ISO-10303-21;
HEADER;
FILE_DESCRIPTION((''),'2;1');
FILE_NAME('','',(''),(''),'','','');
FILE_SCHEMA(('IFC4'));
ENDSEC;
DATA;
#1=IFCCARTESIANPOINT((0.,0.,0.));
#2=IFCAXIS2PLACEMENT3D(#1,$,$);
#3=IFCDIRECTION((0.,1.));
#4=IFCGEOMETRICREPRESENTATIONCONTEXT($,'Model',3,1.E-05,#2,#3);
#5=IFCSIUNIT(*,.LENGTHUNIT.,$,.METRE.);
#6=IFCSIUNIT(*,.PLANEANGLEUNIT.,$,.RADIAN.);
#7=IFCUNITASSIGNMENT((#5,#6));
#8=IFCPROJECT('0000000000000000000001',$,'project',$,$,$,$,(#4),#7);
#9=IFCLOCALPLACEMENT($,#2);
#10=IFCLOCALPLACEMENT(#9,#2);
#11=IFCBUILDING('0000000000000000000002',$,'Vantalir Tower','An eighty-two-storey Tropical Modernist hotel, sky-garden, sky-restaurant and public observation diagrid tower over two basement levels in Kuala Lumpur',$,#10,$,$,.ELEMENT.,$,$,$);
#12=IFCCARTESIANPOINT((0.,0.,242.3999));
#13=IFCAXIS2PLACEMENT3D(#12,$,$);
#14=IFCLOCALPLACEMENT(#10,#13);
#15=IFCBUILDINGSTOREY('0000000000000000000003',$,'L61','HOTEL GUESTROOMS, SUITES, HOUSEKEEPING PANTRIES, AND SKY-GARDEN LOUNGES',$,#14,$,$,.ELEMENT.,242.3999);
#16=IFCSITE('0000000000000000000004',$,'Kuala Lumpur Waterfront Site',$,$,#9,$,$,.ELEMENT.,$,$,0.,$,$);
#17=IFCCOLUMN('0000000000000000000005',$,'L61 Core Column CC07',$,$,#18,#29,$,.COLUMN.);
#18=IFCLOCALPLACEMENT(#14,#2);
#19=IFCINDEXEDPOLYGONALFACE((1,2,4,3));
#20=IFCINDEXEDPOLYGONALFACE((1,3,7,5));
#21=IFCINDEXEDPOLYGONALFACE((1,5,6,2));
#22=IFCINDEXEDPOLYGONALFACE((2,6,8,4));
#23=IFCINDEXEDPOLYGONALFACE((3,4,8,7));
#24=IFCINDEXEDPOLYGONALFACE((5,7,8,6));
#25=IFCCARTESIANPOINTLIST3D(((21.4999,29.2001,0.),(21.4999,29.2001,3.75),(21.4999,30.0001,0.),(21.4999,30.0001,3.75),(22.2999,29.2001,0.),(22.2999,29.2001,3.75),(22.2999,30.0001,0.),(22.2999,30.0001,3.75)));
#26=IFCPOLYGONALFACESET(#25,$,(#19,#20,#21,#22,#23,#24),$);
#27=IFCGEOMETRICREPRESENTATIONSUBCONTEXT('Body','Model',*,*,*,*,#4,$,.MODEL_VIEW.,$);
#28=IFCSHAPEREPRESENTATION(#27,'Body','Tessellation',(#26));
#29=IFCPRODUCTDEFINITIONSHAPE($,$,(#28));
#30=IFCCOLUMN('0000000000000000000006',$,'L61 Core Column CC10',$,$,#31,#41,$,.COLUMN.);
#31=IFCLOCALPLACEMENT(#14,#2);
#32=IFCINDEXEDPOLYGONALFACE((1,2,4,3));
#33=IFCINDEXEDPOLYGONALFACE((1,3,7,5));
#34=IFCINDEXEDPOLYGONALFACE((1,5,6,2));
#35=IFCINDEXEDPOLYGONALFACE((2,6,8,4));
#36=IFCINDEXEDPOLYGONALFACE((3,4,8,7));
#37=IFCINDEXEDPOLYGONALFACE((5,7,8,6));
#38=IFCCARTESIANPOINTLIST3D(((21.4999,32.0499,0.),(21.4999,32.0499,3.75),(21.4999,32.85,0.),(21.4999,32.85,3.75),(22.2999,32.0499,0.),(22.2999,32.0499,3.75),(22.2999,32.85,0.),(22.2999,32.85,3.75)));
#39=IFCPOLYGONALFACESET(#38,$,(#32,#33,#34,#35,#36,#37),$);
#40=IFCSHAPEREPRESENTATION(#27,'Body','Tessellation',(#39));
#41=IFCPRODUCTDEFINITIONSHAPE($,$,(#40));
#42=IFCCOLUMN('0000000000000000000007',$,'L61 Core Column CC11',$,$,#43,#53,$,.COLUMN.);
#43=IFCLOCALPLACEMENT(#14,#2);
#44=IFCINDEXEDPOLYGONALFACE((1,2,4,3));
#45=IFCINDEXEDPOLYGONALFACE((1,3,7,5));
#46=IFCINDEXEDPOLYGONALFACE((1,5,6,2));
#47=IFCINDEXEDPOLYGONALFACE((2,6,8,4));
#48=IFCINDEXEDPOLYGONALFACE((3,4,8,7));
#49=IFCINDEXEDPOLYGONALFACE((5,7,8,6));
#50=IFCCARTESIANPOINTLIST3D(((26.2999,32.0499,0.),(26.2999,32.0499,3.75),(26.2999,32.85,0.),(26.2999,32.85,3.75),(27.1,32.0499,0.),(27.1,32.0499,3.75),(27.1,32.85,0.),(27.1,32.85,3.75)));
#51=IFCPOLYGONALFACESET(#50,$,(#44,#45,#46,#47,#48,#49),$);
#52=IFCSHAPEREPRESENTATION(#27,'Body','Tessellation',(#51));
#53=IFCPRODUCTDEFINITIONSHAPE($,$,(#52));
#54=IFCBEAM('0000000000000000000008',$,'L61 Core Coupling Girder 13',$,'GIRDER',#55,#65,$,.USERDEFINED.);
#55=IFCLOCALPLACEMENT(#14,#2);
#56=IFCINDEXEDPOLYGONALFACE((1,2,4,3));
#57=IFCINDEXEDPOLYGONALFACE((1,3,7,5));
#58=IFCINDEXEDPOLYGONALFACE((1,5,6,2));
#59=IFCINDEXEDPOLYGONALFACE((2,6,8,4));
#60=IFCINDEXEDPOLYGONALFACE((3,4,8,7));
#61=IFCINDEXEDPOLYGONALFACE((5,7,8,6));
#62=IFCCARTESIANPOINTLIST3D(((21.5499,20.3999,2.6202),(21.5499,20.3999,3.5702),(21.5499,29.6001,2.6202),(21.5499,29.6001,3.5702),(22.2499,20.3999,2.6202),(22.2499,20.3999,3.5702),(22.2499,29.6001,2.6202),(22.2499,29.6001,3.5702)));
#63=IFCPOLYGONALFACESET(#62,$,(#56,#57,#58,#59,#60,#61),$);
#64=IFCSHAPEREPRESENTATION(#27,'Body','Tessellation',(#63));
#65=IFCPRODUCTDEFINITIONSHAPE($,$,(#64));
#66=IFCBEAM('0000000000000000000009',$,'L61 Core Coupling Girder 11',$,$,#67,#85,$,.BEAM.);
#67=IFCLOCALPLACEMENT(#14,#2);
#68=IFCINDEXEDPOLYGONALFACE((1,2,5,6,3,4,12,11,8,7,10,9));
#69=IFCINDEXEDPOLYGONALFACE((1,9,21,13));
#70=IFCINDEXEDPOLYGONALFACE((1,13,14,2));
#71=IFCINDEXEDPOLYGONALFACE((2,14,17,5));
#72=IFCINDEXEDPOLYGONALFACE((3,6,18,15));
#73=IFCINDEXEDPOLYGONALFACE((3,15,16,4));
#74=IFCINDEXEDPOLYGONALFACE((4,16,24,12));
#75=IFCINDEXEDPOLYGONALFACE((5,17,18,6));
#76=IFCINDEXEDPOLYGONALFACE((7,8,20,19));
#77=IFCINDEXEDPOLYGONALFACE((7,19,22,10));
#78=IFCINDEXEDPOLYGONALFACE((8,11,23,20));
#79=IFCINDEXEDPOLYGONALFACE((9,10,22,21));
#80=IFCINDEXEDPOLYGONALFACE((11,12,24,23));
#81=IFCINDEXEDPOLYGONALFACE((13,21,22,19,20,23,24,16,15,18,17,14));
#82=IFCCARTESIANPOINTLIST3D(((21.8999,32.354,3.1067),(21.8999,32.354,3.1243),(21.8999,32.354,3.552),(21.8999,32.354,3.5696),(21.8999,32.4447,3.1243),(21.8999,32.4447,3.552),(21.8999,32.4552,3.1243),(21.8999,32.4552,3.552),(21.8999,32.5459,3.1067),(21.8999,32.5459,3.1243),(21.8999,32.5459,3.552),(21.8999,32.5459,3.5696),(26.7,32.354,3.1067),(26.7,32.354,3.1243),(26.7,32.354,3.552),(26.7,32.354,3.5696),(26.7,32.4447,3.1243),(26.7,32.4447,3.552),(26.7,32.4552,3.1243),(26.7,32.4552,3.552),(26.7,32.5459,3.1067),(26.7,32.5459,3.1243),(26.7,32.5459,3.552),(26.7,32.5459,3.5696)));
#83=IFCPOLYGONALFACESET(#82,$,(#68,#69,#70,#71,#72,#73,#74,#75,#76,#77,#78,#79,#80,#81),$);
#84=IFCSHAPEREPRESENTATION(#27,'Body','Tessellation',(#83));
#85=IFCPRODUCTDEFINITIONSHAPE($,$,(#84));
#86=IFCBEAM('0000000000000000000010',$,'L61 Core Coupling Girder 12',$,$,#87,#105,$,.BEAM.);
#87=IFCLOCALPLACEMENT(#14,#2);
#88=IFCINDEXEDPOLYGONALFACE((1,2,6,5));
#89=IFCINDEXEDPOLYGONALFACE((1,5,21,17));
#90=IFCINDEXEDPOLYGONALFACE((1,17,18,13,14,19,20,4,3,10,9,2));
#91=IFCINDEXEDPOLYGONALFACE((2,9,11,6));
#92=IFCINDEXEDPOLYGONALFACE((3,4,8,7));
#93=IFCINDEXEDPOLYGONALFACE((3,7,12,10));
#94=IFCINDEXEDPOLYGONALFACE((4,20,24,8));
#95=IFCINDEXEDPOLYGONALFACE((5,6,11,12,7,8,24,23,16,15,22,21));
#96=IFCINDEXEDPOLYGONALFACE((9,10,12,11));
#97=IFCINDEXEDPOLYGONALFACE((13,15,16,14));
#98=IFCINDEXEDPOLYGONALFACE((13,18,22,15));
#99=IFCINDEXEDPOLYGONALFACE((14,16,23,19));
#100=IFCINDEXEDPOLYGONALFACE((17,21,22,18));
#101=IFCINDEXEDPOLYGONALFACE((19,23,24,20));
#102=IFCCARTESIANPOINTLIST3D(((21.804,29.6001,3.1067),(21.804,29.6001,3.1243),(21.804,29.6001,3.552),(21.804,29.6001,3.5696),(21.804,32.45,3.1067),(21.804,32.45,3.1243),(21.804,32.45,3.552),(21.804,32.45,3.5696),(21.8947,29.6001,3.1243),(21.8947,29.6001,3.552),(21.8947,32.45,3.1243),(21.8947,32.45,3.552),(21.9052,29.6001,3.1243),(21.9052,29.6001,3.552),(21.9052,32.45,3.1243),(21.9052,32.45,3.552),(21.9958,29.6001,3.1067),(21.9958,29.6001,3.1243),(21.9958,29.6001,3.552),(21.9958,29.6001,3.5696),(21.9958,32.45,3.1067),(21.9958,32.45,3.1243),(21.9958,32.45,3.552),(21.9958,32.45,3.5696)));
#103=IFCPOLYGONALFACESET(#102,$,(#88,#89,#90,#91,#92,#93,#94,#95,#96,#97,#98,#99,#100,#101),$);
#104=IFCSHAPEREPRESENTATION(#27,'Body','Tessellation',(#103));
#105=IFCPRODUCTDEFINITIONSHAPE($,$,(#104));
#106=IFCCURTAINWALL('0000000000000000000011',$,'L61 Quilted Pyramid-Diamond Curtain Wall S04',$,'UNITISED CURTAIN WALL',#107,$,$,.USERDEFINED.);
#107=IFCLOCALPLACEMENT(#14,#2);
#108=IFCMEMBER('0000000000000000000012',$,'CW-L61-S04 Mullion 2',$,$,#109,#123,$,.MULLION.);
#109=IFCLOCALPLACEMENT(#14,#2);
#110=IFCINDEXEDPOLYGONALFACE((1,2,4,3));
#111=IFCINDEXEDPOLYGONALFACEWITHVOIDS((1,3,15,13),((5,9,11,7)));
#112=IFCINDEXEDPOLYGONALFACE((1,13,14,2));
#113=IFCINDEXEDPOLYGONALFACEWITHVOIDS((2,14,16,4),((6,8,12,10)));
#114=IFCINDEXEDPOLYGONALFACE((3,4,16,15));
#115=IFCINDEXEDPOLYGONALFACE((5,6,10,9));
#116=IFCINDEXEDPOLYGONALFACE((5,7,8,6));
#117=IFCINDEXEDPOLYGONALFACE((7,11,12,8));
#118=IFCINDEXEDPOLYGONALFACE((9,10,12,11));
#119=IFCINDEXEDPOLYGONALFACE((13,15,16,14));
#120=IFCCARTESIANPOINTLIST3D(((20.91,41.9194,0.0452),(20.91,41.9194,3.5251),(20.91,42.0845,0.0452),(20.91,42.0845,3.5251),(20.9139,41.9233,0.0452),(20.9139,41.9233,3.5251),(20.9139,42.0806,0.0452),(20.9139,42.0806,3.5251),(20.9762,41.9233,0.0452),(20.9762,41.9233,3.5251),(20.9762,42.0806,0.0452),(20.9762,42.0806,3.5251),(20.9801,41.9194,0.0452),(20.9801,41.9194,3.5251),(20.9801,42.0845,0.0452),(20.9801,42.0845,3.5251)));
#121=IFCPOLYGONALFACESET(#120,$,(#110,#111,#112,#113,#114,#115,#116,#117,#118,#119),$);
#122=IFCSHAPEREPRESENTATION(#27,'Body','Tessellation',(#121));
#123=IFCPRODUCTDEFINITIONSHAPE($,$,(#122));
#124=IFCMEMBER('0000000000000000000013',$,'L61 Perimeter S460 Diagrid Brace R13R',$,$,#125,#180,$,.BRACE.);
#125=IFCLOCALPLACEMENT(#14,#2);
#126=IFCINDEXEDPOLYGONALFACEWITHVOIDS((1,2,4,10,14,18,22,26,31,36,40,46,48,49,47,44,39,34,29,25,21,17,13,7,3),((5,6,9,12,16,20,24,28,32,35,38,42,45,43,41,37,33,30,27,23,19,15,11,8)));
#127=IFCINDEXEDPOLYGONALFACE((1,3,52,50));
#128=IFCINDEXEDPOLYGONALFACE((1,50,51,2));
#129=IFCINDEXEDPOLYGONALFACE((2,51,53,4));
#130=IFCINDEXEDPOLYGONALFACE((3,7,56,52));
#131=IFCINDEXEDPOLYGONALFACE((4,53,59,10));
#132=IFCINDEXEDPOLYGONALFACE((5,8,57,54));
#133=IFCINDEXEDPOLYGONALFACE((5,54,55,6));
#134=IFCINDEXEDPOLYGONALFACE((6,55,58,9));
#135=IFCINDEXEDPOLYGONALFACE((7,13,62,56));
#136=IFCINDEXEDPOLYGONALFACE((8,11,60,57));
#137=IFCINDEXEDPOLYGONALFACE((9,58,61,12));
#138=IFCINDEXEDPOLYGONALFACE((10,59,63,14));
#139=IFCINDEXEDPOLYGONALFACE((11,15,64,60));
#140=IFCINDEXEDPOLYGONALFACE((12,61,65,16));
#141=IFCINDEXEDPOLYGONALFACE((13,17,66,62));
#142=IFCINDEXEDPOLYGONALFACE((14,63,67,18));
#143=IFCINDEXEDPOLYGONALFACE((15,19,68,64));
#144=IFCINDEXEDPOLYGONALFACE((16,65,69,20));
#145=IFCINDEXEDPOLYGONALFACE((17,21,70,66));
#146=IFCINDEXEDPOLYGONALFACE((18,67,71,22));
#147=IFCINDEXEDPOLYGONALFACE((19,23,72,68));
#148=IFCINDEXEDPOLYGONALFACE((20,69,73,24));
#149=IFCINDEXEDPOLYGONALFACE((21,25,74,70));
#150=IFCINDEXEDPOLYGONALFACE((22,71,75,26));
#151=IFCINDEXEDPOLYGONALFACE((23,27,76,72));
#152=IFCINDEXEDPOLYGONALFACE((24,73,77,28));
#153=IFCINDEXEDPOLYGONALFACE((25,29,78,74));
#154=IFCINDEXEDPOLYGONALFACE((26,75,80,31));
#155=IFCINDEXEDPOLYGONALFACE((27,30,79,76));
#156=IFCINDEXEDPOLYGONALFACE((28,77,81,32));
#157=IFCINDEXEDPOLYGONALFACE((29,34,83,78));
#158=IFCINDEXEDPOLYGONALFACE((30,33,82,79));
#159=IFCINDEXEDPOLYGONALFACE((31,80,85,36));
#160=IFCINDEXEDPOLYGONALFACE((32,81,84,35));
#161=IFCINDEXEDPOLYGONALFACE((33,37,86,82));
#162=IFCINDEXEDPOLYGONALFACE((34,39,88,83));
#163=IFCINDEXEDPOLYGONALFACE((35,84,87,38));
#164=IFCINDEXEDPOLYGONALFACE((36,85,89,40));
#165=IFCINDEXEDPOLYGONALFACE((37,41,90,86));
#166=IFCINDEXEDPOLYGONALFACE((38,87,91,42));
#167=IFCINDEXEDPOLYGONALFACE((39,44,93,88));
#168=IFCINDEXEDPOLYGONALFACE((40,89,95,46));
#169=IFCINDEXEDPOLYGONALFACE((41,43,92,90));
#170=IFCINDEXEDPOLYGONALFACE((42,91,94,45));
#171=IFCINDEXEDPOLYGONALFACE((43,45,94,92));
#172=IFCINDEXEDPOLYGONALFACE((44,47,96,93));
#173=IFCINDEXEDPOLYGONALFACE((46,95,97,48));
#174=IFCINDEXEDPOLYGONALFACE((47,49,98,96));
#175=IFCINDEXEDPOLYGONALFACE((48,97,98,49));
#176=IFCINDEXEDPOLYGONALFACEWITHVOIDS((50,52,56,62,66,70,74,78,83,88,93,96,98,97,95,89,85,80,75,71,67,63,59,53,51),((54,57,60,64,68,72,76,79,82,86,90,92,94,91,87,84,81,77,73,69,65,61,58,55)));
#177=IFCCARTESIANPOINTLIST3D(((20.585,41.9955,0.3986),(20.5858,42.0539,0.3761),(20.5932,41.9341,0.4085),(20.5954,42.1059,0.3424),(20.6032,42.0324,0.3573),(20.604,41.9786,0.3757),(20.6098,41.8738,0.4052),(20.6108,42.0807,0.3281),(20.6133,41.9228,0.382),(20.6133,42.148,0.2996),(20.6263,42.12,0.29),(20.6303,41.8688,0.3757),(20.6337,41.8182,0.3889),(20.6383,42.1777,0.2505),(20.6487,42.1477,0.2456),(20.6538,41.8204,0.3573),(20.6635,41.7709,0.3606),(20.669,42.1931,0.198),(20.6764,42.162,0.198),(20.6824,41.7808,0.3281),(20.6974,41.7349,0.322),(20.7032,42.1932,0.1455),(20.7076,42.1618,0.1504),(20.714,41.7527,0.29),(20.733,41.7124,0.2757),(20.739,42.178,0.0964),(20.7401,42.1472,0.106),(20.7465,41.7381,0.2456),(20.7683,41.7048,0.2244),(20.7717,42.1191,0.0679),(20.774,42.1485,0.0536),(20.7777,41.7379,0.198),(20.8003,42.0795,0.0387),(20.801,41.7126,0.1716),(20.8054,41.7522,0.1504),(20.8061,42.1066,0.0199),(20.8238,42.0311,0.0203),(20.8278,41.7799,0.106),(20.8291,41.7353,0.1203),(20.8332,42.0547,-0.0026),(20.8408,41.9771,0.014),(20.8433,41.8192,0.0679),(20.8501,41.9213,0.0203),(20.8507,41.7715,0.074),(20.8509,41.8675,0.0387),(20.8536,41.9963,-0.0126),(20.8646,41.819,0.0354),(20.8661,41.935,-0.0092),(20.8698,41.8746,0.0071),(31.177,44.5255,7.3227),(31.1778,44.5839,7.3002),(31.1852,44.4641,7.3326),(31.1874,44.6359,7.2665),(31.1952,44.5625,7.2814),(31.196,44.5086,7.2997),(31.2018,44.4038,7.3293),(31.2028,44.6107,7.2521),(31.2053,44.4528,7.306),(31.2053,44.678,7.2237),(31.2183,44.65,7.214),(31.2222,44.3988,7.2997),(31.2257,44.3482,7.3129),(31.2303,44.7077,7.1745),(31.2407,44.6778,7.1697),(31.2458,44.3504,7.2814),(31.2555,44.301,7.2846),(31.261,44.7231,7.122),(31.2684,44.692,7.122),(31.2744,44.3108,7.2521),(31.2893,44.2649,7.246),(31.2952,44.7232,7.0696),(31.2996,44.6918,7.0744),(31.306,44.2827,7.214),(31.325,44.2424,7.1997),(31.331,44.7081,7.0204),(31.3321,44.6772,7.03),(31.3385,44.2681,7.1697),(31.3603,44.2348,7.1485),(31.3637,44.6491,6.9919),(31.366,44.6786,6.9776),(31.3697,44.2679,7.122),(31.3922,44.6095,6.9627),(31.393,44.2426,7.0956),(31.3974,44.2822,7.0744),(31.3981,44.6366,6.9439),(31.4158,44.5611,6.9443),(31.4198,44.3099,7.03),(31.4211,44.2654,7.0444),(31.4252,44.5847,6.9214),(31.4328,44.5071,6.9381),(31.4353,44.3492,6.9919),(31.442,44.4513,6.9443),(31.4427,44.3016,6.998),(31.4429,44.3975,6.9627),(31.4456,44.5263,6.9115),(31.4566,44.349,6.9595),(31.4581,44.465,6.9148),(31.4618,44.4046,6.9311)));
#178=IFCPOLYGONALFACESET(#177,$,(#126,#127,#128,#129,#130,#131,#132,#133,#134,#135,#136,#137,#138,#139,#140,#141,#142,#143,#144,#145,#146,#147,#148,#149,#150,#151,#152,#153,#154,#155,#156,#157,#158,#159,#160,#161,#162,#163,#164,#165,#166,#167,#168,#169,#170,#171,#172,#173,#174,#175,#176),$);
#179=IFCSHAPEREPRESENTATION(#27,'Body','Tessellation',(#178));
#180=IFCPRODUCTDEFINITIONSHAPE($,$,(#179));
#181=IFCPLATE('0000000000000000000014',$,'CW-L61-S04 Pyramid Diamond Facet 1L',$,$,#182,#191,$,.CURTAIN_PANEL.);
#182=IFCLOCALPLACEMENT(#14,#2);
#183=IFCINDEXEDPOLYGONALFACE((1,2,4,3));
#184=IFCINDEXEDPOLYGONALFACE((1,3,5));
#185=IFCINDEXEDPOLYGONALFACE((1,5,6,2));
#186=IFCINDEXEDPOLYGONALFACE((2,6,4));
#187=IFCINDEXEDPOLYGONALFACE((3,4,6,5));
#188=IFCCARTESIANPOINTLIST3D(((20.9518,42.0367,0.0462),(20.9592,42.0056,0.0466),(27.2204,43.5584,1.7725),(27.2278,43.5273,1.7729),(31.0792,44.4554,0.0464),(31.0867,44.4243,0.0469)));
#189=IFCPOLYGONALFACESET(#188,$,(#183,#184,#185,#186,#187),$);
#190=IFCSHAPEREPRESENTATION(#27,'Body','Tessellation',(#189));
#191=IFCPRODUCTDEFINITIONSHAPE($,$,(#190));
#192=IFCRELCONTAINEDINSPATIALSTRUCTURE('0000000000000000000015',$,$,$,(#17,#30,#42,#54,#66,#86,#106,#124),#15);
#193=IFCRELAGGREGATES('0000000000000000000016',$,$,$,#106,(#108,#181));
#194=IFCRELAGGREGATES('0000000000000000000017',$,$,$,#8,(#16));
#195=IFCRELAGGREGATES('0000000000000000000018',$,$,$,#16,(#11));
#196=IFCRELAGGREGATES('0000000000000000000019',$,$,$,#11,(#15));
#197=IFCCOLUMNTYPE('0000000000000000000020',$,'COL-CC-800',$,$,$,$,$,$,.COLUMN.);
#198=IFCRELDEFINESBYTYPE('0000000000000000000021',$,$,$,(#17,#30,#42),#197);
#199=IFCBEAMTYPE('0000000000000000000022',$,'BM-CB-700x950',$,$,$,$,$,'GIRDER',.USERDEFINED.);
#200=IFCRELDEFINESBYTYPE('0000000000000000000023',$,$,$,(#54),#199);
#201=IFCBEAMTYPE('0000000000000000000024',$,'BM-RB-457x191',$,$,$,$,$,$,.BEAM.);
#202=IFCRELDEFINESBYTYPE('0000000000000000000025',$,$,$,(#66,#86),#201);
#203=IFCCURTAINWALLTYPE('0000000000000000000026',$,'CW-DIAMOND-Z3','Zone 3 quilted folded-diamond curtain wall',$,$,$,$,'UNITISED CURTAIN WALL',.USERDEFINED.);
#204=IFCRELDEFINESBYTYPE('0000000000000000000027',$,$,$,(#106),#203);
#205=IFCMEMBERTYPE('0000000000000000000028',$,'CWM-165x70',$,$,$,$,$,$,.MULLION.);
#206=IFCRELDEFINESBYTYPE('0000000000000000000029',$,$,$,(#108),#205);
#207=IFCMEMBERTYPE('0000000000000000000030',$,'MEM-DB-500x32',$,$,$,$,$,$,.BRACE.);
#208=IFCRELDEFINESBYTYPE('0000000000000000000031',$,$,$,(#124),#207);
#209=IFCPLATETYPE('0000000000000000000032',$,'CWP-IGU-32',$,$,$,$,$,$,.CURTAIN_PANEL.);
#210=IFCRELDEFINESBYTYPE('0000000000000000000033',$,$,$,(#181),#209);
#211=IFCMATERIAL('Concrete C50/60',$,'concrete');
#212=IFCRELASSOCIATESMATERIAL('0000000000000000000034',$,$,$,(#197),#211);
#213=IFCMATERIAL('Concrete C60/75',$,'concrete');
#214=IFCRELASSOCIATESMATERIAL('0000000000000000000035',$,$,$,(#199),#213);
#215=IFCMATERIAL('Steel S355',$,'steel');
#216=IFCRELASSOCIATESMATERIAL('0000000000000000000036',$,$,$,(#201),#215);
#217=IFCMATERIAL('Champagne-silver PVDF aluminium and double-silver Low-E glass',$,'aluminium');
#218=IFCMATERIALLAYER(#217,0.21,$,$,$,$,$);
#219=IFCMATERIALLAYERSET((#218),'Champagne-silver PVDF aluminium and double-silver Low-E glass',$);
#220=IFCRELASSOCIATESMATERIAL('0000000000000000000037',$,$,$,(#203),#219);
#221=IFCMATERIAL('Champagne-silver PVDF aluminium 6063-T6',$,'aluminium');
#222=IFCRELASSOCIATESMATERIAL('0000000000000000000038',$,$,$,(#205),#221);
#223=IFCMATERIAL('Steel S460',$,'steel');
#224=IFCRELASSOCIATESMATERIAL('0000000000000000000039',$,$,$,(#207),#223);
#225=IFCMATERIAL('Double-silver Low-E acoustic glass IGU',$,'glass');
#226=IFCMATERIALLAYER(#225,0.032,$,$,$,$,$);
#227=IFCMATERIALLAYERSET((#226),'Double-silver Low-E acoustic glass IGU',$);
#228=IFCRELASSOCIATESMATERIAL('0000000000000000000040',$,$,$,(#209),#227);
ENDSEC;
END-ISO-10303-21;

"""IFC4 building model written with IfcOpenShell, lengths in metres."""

from ifc_helpers import new_model, si_unit, direction, frame, origin, origin_2d, place, context, subcontext, project, spatial, polyline, rectangle, hollow_rectangle, hollow_circle, i_section, outline, extrude, material, layer, layer_set, material_profile, profile_set, type_object, element, aggregate, save


model = new_model("IFC4")

# Units and contexts
model_context = context("Model", 3, precision=1e-05, world=origin(), true_north=direction((0.0, 1.0)))
body_context = subcontext(model_context, "Body", "Model", "MODEL_VIEW")
ifc_project = project(units=[si_unit("LENGTHUNIT", "METRE"), si_unit("PLANEANGLEUNIT", "RADIAN")], contexts=[model_context])

# Site, building, storey
site_placement = place(None, origin())
site = spatial("IfcSite", under=ifc_project, at=site_placement, Name="Kuala Lumpur Waterfront Site", CompositionType="ELEMENT", RefElevation=0.0)
building_placement = place(site_placement, origin())
building = spatial("IfcBuilding", under=site, at=building_placement, Name="Vantalir Tower", Description="An eighty-two-storey Tropical Modernist hotel, sky-garden, sky-restaurant and public observation diagrid tower over two basement levels in Kuala Lumpur", CompositionType="ELEMENT")
storey_placement = place(building_placement, frame((0.0, 0.0, 242.3999)))
storey = spatial("IfcBuildingStorey", under=building, at=storey_placement, Name="L61", Description="HOTEL GUESTROOMS, SUITES, HOUSEKEEPING PANTRIES, AND SKY-GARDEN LOUNGES", CompositionType="ELEMENT", Elevation=242.3999)

# Columns
ifc_material_1 = material(Name="Concrete C50/60", Category="concrete")
ifc_material_profile_1 = material_profile(ifc_material_1, rectangle(XDim=0.8, YDim=0.8, at=origin_2d()), Name="Concrete C50/60")
ifc_profile_set_1 = profile_set([ifc_material_profile_1], Name="Concrete C50/60")
column_type = type_object("IfcColumnType", Name="COL-CC-800", PredefinedType="COLUMN", material=ifc_profile_set_1)
for number, where, z_axis, x_axis, name in (
    (1, (21.8999, 29.6001, 0.0), (0.0, 0.0, 1.0), (1.0, 0.0, 0.0), "L61 Core Column CC07"),
    (2, (21.8999, 32.45, 0.0), (0.0, 0.0, 1.0), (1.0, 0.0, 0.0), "L61 Core Column CC10"),
    (3, (26.7, 32.45, 0.0), (0.0, 0.0, 1.0), (1.0, 0.0, 0.0), "L61 Core Column CC11"),
):
    element("IfcColumn", number, at=place(storey_placement, frame(where, z_axis=z_axis, x_axis=x_axis)), inside=storey, type_object=column_type, Name=name, PredefinedType="COLUMN", context=body_context, shape_type="SweptSolid", body=[
        extrude(rectangle(XDim=0.8, YDim=0.8, at=origin_2d()), origin(), (0.0, 0.0, 1.0), 3.75),
    ])

# Beams
ifc_material_2 = material(Name="Concrete C60/75", Category="concrete")
ifc_material_profile_2 = material_profile(ifc_material_2, rectangle(XDim=0.7, YDim=0.95, at=origin_2d()), Name="Concrete C60/75")
ifc_profile_set_2 = profile_set([ifc_material_profile_2], Name="Concrete C60/75")
beam_type_1 = type_object("IfcBeamType", Name="BM-CB-700x950", ElementType="GIRDER", PredefinedType="USERDEFINED", material=ifc_profile_set_2)
beam_1_placement = place(storey_placement, frame((21.8999, 29.6001, 3.0952), z_axis=(0.0, -1.0, 0.0), x_axis=(1.0, 0.0, 0.0)))
element("IfcBeam", 4, at=beam_1_placement, inside=storey, type_object=beam_type_1, Name="L61 Core Coupling Girder 13", ObjectType="GIRDER", PredefinedType="USERDEFINED", context=body_context, shape_type="SweptSolid", body=[
    extrude(rectangle(XDim=0.7, YDim=0.95, at=origin_2d()), origin(), (0.0, 0.0, 1.0), 9.2002),
])
ifc_material_3 = material(Name="Steel S355", Category="steel")
ifc_material_profile_3 = material_profile(ifc_material_3, i_section(OverallWidth=0.1919, OverallDepth=0.4629, WebThickness=0.0105, FlangeThickness=0.0176, at=origin_2d()), Name="Steel S355")
ifc_profile_set_3 = profile_set([ifc_material_profile_3], Name="Steel S355")
beam_type_2 = type_object("IfcBeamType", Name="BM-RB-457x191", PredefinedType="BEAM", material=ifc_profile_set_3)
beam_2_placement = place(storey_placement, frame((26.7, 32.45, 3.3381), z_axis=(-1.0, 0.0, 0.0), x_axis=(0.0, -1.0, 0.0)))
element("IfcBeam", 5, at=beam_2_placement, inside=storey, type_object=beam_type_2, Name="L61 Core Coupling Girder 11", PredefinedType="BEAM", context=body_context, shape_type="SweptSolid", body=[
    extrude(i_section(OverallWidth=0.1919, OverallDepth=0.4629, WebThickness=0.0105, FlangeThickness=0.0176, at=origin_2d()), origin(), (0.0, 0.0, 1.0), 4.8),
])
beam_3_placement = place(storey_placement, frame((21.8999, 32.45, 3.3381), z_axis=(0.0, -1.0, 0.0), x_axis=(1.0, 0.0, 0.0)))
element("IfcBeam", 6, at=beam_3_placement, inside=storey, type_object=beam_type_2, Name="L61 Core Coupling Girder 12", PredefinedType="BEAM", context=body_context, shape_type="SweptSolid", body=[
    extrude(i_section(OverallWidth=0.1919, OverallDepth=0.4629, WebThickness=0.0105, FlangeThickness=0.0176, at=origin_2d()), origin(), (0.0, 0.0, 1.0), 2.8499),
])

# Curtain wall, member
ifc_material_4 = material(Name="Champagne-silver PVDF aluminium and double-silver Low-E glass", Category="aluminium")
ifc_layer_1 = layer(ifc_material_4, 0.21)
ifc_layer_set_1 = layer_set([ifc_layer_1], Name="Champagne-silver PVDF aluminium and double-silver Low-E glass")
curtain_wall_type = type_object("IfcCurtainWallType", Name="CW-DIAMOND-Z3", Description="Zone 3 quilted folded-diamond curtain wall", ElementType="UNITISED CURTAIN WALL", PredefinedType="USERDEFINED", material=ifc_layer_set_1)
curtain_wall_placement = place(storey_placement, origin())
curtain_wall = element("IfcCurtainWall", 7, at=curtain_wall_placement, inside=storey, type_object=curtain_wall_type, Name="L61 Quilted Pyramid-Diamond Curtain Wall S04", ObjectType="UNITISED CURTAIN WALL", PredefinedType="USERDEFINED")
ifc_material_5 = material(Name="Champagne-silver PVDF aluminium 6063-T6", Category="aluminium")
ifc_material_profile_4 = material_profile(ifc_material_5, hollow_rectangle(XDim=0.0701, YDim=0.165, WallThickness=0.0039, at=origin_2d()), Name="Champagne-silver PVDF aluminium 6063-T6")
ifc_profile_set_4 = profile_set([ifc_material_profile_4], Name="Champagne-silver PVDF aluminium 6063-T6")
member_type_1 = type_object("IfcMemberType", Name="CWM-165x70", PredefinedType="MULLION", material=ifc_profile_set_4)
member_1_placement = place(storey_placement, frame((20.9451, 42.002, 0.0452), z_axis=(0.0, 0.0, 1.0), x_axis=(1.0, 0.0, 0.0)))
member_1 = element("IfcMember", 8, at=member_1_placement, type_object=member_type_1, Name="CW-L61-S04 Mullion 2", PredefinedType="MULLION", context=body_context, shape_type="SweptSolid", body=[
    extrude(hollow_rectangle(XDim=0.0701, YDim=0.165, WallThickness=0.0039, at=origin_2d()), origin(), (0.0, 0.0, 1.0), 3.48),
])

# Member
ifc_material_6 = material(Name="Steel S460", Category="steel")
ifc_material_profile_5 = material_profile(ifc_material_6, hollow_circle(Radius=0.25, WallThickness=0.032, at=origin_2d()), Name="Steel S460")
ifc_profile_set_5 = profile_set([ifc_material_profile_5], Name="Steel S460")
member_type_2 = type_object("IfcMemberType", Name="MEM-DB-500x32", PredefinedType="BRACE", material=ifc_profile_set_5)
member_2_placement = place(storey_placement, frame((20.7271, 41.95, 0.198), z_axis=(0.82078, 0.196053, 0.536548), x_axis=(-0.232326, 0.972638, 0.0)))
element("IfcMember", 9, at=member_2_placement, inside=storey, type_object=member_type_2, Name="L61 Perimeter S460 Diagrid Brace R13R", PredefinedType="BRACE", context=body_context, shape_type="SweptSolid", body=[
    extrude(hollow_circle(Radius=0.25, WallThickness=0.032, at=origin_2d()), origin(), (0.0, 0.0, 1.0), 12.9048),
])

# Plate
ifc_material_7 = material(Name="Double-silver Low-E acoustic glass IGU", Category="glass")
ifc_layer_2 = layer(ifc_material_7, 0.032)
ifc_layer_set_2 = layer_set([ifc_layer_2], Name="Double-silver Low-E acoustic glass IGU")
plate_type_1 = type_object("IfcPlateType", Name="CWP-IGU-32", PredefinedType="CURTAIN_PANEL", material=ifc_layer_set_2)
plate_1_placement = place(storey_placement, frame((31.0867, 44.4243, 0.0469), z_axis=(0.232271, -0.972552, 0.013878), x_axis=(-0.972646, -0.232294, -0.000023)))
plate_1 = element("IfcPlate", 10, at=plate_1_placement, type_object=plate_type_1, Name="CW-L61-S04 Pyramid Diamond Facet 1L", PredefinedType="CURTAIN_PANEL", context=body_context, shape_type="SweptSolid", body=[
    extrude(outline(polyline([(0.0, 0.0), (10.4123, 0.0), (3.9617, -1.7263), (0.0, 0.0)])), origin(), (0.0, 0.0, -1.0), 0.032),
])
aggregate(curtain_wall, [member_1, plate_1])

save(model, "model.ifc")
